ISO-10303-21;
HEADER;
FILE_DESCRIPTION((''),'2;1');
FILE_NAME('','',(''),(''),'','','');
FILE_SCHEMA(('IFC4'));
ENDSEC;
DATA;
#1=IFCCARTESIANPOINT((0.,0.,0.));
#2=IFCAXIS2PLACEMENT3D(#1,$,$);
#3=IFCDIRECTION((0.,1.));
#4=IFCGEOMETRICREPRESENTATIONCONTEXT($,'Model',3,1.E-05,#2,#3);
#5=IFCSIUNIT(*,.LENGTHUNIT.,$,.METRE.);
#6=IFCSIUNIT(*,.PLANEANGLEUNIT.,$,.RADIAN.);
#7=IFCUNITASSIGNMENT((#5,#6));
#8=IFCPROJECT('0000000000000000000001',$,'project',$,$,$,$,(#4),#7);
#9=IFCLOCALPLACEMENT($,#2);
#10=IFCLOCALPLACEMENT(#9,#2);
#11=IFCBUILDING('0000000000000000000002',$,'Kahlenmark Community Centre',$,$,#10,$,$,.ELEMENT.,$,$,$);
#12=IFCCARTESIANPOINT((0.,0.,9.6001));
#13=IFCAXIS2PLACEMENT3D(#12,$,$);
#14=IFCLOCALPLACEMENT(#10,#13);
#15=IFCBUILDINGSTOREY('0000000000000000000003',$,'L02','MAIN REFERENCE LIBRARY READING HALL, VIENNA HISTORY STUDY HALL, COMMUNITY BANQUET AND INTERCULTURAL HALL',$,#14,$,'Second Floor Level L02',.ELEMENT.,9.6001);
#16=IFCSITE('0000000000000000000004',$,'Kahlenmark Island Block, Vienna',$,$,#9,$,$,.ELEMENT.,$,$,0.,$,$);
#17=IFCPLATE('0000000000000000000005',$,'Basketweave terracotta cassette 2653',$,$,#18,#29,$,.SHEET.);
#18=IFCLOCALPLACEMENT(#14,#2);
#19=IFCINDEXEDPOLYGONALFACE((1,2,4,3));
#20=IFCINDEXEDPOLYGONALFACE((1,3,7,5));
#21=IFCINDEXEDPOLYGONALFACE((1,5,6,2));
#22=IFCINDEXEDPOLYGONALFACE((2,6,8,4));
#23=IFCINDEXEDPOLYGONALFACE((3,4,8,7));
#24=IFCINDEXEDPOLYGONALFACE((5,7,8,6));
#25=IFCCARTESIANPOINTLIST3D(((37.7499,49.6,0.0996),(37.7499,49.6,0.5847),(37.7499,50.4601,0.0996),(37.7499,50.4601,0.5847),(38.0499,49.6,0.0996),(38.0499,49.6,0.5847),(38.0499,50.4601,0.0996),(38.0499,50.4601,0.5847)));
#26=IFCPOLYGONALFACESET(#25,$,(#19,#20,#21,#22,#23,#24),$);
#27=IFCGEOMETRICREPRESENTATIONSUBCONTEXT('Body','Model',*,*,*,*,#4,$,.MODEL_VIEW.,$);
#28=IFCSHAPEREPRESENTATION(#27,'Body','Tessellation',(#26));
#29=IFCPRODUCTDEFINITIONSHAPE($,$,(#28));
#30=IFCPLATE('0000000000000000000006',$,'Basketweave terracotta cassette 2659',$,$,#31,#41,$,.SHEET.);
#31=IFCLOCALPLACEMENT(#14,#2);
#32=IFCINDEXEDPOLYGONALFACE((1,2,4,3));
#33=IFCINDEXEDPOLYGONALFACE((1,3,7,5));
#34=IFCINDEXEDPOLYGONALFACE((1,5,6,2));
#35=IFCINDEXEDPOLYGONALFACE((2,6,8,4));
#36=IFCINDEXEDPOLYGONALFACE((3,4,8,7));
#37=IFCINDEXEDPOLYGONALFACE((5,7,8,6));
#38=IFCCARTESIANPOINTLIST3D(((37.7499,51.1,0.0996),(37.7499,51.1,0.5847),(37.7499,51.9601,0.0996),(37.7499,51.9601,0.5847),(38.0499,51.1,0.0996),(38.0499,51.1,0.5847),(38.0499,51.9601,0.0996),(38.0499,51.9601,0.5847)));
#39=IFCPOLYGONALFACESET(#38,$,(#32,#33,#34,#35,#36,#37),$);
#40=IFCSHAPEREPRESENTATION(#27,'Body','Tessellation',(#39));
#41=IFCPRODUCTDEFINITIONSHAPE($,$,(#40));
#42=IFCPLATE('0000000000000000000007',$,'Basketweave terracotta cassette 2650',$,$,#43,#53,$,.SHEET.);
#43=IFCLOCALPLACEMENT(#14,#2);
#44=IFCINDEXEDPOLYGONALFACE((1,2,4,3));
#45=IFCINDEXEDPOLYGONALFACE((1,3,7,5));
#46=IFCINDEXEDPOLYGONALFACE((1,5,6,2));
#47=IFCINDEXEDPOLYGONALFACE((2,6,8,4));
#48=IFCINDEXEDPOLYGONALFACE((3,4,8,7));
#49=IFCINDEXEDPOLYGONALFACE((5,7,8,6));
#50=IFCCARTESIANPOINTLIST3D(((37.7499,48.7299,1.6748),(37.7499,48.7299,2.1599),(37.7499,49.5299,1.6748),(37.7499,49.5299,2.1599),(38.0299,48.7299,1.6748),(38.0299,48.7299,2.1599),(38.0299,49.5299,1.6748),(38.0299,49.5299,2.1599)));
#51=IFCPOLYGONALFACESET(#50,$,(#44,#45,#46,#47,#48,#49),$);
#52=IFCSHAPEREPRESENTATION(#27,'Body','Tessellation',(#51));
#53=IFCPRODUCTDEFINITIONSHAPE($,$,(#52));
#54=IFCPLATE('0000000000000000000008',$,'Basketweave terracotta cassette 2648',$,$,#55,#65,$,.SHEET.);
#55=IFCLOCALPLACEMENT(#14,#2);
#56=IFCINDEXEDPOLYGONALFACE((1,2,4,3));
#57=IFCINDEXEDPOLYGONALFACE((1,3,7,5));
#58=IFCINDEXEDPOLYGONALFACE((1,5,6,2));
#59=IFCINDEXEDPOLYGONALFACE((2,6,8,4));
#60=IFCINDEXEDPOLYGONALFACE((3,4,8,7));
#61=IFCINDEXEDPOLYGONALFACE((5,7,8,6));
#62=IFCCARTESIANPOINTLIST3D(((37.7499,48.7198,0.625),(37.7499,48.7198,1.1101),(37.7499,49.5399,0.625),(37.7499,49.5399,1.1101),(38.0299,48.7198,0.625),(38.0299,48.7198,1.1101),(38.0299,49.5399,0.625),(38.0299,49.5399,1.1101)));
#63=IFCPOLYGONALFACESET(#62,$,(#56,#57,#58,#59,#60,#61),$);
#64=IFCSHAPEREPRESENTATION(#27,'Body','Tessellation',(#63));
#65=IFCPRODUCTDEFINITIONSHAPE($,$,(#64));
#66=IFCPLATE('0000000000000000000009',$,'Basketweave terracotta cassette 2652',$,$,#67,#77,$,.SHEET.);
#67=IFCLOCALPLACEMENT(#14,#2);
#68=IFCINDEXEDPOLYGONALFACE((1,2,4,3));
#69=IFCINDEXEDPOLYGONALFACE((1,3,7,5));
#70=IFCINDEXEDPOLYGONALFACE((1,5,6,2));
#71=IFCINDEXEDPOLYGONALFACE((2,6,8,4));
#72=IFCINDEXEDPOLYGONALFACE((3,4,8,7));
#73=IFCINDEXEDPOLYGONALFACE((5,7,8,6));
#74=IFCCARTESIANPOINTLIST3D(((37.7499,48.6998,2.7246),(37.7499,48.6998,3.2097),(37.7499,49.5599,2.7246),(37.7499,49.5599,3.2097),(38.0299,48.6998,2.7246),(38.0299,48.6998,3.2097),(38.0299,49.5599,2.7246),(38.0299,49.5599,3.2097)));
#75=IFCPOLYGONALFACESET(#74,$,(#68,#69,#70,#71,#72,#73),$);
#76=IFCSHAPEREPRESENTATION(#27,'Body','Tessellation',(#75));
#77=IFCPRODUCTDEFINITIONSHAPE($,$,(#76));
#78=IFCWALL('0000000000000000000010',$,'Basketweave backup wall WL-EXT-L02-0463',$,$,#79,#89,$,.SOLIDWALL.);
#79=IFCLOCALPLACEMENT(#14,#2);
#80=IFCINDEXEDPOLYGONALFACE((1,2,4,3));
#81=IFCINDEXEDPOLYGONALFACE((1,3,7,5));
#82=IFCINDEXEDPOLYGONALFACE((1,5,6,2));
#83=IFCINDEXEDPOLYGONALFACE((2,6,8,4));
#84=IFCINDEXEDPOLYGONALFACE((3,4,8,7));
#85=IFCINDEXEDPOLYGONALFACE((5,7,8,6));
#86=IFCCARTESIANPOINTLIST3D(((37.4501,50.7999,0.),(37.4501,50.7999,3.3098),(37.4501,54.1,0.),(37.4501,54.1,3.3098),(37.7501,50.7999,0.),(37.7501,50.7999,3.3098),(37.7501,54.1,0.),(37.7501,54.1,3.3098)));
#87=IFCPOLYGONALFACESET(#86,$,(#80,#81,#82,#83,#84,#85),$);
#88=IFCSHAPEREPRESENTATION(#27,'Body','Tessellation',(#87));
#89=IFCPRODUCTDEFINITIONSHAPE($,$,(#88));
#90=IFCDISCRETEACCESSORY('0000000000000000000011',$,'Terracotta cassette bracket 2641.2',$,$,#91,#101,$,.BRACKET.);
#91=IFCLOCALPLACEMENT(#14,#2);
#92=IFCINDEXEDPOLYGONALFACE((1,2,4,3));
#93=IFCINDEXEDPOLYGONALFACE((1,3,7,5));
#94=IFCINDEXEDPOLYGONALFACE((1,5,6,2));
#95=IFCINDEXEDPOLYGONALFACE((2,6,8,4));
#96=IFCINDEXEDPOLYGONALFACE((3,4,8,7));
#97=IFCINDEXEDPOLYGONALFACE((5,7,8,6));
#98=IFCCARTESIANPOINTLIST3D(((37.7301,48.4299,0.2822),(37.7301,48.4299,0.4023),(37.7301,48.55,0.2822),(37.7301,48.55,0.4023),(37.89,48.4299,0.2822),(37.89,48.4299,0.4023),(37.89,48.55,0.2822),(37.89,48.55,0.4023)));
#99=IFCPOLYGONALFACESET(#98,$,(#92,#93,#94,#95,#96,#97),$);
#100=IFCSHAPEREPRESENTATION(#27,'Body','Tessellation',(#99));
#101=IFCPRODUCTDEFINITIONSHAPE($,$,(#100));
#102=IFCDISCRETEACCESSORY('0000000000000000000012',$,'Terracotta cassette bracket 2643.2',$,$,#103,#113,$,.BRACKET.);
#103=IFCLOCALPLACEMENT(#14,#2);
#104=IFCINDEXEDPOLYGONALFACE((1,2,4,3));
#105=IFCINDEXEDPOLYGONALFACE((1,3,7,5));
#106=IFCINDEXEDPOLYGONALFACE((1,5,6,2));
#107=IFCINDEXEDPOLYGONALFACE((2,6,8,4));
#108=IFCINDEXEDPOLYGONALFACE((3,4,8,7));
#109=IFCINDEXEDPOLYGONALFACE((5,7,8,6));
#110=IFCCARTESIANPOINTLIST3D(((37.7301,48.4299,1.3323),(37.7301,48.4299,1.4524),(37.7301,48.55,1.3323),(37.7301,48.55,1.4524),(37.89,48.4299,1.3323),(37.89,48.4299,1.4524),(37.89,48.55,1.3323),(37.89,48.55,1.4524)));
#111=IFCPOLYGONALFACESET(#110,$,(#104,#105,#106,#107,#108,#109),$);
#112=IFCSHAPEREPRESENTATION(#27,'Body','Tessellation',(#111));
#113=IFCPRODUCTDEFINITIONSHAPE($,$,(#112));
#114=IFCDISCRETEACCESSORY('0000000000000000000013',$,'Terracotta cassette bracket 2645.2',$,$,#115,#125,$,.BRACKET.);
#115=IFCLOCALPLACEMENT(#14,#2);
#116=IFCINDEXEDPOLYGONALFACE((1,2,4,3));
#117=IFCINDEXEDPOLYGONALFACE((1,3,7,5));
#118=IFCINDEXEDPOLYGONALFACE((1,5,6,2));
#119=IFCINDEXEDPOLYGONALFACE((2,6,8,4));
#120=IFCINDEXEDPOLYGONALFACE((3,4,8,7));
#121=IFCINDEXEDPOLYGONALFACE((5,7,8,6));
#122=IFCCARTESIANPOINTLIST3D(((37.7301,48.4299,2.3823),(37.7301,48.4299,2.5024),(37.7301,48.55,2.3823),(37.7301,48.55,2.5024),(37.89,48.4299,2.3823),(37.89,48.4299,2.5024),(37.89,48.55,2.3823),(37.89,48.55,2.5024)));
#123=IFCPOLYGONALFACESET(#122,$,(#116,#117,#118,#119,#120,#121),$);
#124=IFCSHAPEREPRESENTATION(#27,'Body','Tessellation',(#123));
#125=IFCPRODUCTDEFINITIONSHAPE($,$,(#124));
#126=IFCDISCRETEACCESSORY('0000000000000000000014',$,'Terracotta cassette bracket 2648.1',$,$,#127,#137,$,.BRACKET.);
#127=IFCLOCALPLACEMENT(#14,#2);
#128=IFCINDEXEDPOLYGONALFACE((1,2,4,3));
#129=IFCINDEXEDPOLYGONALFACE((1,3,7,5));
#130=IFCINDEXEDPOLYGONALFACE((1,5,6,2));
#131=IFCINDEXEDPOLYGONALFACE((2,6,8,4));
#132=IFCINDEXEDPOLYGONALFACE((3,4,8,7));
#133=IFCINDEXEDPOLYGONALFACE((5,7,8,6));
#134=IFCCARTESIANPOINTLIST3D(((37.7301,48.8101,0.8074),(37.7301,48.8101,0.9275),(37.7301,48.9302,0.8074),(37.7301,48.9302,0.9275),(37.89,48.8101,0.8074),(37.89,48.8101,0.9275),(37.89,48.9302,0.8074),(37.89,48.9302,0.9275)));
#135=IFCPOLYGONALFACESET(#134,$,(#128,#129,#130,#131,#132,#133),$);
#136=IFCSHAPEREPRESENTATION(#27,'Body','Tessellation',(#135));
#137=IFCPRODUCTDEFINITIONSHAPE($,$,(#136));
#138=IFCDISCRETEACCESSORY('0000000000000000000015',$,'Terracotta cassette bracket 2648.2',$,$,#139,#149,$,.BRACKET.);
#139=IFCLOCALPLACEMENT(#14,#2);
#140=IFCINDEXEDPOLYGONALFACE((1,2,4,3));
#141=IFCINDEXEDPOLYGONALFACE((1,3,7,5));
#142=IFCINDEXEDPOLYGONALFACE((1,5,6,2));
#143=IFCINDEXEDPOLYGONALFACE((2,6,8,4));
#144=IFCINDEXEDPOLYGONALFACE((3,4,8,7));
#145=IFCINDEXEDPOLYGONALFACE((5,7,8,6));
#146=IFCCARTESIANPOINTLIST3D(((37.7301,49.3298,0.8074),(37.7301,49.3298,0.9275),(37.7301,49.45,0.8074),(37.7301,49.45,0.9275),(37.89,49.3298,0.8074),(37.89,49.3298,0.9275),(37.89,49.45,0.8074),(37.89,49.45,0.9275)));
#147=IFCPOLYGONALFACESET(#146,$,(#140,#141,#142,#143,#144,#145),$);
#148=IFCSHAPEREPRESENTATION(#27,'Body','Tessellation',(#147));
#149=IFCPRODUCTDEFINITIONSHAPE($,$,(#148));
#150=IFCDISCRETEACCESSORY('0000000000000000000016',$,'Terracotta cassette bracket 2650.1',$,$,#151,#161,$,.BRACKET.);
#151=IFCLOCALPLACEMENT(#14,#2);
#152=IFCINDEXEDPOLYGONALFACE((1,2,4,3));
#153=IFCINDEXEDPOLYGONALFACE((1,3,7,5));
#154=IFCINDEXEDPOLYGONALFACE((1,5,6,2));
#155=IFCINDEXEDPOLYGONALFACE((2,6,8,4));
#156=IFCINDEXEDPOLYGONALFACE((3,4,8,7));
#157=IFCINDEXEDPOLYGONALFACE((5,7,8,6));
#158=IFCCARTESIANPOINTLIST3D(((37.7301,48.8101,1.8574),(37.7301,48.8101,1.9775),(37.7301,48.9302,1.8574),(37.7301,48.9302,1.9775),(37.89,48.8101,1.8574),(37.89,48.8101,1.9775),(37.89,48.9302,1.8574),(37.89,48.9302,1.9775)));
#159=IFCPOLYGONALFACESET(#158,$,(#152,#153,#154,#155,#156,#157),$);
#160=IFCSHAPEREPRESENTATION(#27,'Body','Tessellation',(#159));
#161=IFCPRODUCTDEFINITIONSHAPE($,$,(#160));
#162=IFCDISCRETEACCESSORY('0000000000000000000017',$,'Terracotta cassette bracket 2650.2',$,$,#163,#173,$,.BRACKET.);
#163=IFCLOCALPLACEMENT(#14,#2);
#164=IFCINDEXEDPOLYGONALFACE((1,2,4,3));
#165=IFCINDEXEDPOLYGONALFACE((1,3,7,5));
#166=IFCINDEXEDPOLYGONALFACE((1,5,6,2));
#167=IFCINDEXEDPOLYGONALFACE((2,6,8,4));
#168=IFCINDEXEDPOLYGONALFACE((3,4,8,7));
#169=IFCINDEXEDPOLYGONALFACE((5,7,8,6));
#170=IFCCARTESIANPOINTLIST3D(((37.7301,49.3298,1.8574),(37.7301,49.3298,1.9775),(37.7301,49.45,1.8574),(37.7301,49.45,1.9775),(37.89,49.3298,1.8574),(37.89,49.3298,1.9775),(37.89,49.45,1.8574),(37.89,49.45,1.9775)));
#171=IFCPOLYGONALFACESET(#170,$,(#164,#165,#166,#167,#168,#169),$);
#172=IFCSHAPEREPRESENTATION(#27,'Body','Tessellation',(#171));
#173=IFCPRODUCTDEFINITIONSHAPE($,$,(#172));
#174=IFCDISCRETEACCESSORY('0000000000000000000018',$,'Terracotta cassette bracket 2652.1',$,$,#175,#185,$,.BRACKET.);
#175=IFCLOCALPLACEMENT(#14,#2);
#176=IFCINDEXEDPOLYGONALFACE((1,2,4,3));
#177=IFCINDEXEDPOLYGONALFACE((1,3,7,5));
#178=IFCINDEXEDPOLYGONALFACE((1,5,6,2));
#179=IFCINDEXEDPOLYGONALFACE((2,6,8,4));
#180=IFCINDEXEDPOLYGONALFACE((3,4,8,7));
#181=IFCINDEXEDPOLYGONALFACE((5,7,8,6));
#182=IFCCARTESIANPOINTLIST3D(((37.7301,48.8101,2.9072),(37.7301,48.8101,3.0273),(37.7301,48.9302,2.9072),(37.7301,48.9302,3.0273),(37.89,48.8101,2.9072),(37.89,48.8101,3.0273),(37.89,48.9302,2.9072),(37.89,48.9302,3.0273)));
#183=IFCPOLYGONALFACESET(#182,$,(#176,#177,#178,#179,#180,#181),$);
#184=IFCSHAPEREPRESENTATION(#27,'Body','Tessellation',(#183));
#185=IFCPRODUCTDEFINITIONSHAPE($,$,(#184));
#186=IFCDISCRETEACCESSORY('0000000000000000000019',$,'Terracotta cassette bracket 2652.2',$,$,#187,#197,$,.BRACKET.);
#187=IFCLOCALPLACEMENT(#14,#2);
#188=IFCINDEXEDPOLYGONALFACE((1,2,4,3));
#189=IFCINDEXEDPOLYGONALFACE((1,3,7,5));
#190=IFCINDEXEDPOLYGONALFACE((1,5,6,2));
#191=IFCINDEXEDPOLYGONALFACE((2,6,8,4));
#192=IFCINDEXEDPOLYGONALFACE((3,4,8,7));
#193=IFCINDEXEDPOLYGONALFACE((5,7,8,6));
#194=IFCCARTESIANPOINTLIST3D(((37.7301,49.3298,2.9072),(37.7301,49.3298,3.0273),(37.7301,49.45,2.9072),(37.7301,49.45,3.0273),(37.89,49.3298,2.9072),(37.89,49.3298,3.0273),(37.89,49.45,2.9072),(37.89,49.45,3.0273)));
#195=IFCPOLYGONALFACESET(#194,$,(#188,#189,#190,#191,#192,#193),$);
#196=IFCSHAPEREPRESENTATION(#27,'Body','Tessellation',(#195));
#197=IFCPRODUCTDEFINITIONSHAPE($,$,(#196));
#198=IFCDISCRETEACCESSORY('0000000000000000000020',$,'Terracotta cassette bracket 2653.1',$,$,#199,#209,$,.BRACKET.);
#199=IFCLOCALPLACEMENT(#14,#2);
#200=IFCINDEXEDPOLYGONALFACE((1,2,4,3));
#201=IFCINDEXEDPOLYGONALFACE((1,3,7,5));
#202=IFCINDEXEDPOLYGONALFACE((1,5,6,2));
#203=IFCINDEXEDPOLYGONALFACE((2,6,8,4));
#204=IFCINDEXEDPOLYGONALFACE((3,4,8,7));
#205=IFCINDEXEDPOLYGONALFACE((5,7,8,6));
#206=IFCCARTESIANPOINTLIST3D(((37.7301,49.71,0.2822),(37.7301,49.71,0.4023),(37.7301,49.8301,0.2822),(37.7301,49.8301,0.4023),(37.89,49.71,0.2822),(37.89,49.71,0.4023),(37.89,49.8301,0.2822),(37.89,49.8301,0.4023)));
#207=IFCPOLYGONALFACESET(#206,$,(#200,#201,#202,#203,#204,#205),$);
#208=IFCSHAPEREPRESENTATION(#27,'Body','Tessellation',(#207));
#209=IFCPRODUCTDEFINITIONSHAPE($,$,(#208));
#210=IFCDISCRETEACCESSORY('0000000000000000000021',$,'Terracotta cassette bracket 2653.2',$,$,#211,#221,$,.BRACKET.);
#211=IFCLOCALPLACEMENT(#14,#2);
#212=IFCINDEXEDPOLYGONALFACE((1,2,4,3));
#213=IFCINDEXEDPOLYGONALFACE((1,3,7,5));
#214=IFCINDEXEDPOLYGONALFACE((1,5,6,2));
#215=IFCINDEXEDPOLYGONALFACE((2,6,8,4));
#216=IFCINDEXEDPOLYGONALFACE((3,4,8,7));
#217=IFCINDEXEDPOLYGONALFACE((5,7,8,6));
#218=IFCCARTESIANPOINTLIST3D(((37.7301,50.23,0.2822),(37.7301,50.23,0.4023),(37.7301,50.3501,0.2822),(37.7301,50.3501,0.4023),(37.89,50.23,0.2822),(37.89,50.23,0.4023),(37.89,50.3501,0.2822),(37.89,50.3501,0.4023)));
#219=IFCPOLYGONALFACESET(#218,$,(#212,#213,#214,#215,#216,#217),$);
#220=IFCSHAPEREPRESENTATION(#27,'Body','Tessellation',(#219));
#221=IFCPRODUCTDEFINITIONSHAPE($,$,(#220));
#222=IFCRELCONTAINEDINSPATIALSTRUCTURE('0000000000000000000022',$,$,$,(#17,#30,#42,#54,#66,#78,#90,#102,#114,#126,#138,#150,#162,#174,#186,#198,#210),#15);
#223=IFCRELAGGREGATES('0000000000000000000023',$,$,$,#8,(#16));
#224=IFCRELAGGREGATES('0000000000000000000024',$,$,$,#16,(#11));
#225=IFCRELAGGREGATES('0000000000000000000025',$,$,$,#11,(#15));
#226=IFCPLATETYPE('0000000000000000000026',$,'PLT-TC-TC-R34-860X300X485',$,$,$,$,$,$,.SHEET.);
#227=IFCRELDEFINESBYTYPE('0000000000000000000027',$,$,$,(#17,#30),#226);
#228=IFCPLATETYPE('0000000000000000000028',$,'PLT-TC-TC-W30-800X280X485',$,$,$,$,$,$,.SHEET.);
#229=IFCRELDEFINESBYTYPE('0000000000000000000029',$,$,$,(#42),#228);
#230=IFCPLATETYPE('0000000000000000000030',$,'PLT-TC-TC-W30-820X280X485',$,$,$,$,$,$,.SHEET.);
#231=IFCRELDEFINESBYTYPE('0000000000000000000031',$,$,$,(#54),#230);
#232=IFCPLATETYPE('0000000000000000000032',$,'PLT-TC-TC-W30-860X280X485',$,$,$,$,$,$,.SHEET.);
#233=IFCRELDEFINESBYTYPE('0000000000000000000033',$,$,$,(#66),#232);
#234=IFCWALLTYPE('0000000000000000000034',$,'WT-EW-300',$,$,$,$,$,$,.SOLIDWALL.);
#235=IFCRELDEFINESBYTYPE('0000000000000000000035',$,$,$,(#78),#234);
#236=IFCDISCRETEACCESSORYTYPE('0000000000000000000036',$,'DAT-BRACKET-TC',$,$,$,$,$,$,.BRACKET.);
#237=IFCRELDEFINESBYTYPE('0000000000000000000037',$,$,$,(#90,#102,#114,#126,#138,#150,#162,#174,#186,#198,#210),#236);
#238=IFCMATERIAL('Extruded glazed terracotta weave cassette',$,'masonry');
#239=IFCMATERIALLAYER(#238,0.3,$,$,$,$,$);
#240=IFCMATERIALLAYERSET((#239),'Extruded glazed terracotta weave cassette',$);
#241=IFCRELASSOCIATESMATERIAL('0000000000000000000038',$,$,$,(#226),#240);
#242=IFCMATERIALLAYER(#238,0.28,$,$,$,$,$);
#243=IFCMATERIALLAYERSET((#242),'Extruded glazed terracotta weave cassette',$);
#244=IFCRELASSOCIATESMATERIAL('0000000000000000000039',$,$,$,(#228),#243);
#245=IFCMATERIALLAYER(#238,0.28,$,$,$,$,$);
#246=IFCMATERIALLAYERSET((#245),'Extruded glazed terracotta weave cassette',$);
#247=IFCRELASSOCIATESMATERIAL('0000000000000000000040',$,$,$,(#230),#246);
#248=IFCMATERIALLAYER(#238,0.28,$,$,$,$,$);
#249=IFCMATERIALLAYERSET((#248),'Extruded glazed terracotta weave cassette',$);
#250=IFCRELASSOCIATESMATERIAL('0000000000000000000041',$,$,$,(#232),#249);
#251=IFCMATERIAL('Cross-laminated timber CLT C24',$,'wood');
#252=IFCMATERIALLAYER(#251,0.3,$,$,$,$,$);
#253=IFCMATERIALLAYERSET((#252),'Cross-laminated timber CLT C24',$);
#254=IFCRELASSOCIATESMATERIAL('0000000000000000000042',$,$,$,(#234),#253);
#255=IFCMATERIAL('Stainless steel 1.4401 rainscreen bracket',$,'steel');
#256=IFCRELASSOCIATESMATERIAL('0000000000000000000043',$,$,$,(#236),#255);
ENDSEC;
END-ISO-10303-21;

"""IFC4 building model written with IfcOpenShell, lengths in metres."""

from ifc_helpers import new_model, si_unit, direction, frame, frame_2d, origin, origin_2d, place, context, subcontext, project, spatial, rectangle, extrude, material, layer, layer_set, type_object, element, save


model = new_model("IFC4")

# Units and contexts
model_context = context("Model", 3, precision=1e-05, world=origin(), true_north=direction((0.0, 1.0)))
body_context = subcontext(model_context, "Body", "Model", "MODEL_VIEW")
ifc_project = project(units=[si_unit("LENGTHUNIT", "METRE"), si_unit("PLANEANGLEUNIT", "RADIAN")], contexts=[model_context])

# Site, building, storey
site_placement = place(None, origin())
site = spatial("IfcSite", under=ifc_project, at=site_placement, Name="Kahlenmark Island Block, Vienna", CompositionType="ELEMENT", RefElevation=0.0)
building_placement = place(site_placement, origin())
building = spatial("IfcBuilding", under=site, at=building_placement, Name="Kahlenmark Community Centre", CompositionType="ELEMENT")
storey_placement = place(building_placement, frame((0.0, 0.0, 9.6001)))
storey = spatial("IfcBuildingStorey", under=building, at=storey_placement, Name="L02", Description="MAIN REFERENCE LIBRARY READING HALL, VIENNA HISTORY STUDY HALL, COMMUNITY BANQUET AND INTERCULTURAL HALL", LongName="Second Floor Level L02", CompositionType="ELEMENT", Elevation=9.6001)

# Plates
ifc_material_1 = material(Name="Extruded glazed terracotta weave cassette", Category="masonry")
ifc_layer_1 = layer(ifc_material_1, 0.3)
ifc_layer_set_1 = layer_set([ifc_layer_1], Name="Extruded glazed terracotta weave cassette")
plate_type_1 = type_object("IfcPlateType", Name="PLT-TC-TC-R34-860X300X485", PredefinedType="SHEET", material=ifc_layer_set_1)
for number, where, z_axis, x_axis, name in (
    (1, (37.8999, 50.03, 0.0996), (0.0, 0.0, 1.0), (0.0, 1.0, 0.0), "Basketweave terracotta cassette 2653"),
    (2, (37.8999, 51.53, 0.0996), (0.0, 0.0, 1.0), (0.0, 1.0, 0.0), "Basketweave terracotta cassette 2659"),
):
    element("IfcPlate", number, at=place(storey_placement, frame(where, z_axis=z_axis, x_axis=x_axis)), inside=storey, type_object=plate_type_1, Name=name, PredefinedType="SHEET", context=body_context, shape_type="SweptSolid", body=[
        extrude(rectangle(XDim=0.8601, YDim=0.3, at=origin_2d()), origin(), (0.0, 0.0, 1.0), 0.4851),
    ])
ifc_layer_2 = layer(ifc_material_1, 0.28)
ifc_layer_set_2 = layer_set([ifc_layer_2], Name="Extruded glazed terracotta weave cassette")
plate_type_2 = type_object("IfcPlateType", Name="PLT-TC-TC-W30-800X280X485", PredefinedType="SHEET", material=ifc_layer_set_2)
plate_1_placement = place(storey_placement, frame((37.8899, 49.1299, 1.6748), z_axis=(0.0, 0.0, 1.0), x_axis=(0.0, 1.0, 0.0)))
element("IfcPlate", 3, at=plate_1_placement, inside=storey, type_object=plate_type_2, Name="Basketweave terracotta cassette 2650", PredefinedType="SHEET", context=body_context, shape_type="SweptSolid", body=[
    extrude(rectangle(XDim=0.8, YDim=0.28, at=origin_2d()), origin(), (0.0, 0.0, 1.0), 0.4851),
])
ifc_layer_3 = layer(ifc_material_1, 0.28)
ifc_layer_set_3 = layer_set([ifc_layer_3], Name="Extruded glazed terracotta weave cassette")
plate_type_3 = type_object("IfcPlateType", Name="PLT-TC-TC-W30-820X280X485", PredefinedType="SHEET", material=ifc_layer_set_3)
plate_2_placement = place(storey_placement, frame((37.8899, 49.1299, 0.625), z_axis=(0.0, 0.0, 1.0), x_axis=(0.0, 1.0, 0.0)))
element("IfcPlate", 4, at=plate_2_placement, inside=storey, type_object=plate_type_3, Name="Basketweave terracotta cassette 2648", PredefinedType="SHEET", context=body_context, shape_type="SweptSolid", body=[
    extrude(rectangle(XDim=0.8201, YDim=0.28, at=origin_2d()), origin(), (0.0, 0.0, 1.0), 0.4851),
])
ifc_layer_4 = layer(ifc_material_1, 0.28)
ifc_layer_set_4 = layer_set([ifc_layer_4], Name="Extruded glazed terracotta weave cassette")
plate_type_4 = type_object("IfcPlateType", Name="PLT-TC-TC-W30-860X280X485", PredefinedType="SHEET", material=ifc_layer_set_4)
plate_3_placement = place(storey_placement, frame((37.8899, 49.1299, 2.7246), z_axis=(0.0, 0.0, 1.0), x_axis=(0.0, 1.0, 0.0)))
element("IfcPlate", 5, at=plate_3_placement, inside=storey, type_object=plate_type_4, Name="Basketweave terracotta cassette 2652", PredefinedType="SHEET", context=body_context, shape_type="SweptSolid", body=[
    extrude(rectangle(XDim=0.8601, YDim=0.28, at=origin_2d()), origin(), (0.0, 0.0, 1.0), 0.4851),
])

# Wall
ifc_material_2 = material(Name="Cross-laminated timber CLT C24", Category="wood")
ifc_layer_5 = layer(ifc_material_2, 0.3)
ifc_layer_set_5 = layer_set([ifc_layer_5], Name="Cross-laminated timber CLT C24")
wall_type = type_object("IfcWallType", Name="WT-EW-300", PredefinedType="SOLIDWALL", material=ifc_layer_set_5)
wall_placement = place(storey_placement, frame((37.6001, 50.8, 0.0), z_axis=(0.0, 0.0, 1.0), x_axis=(0.0, 1.0, 0.0)))
element("IfcWall", 6, at=wall_placement, inside=storey, type_object=wall_type, Name="Basketweave backup wall WL-EXT-L02-0463", PredefinedType="SOLIDWALL", context=body_context, shape_type="SweptSolid", body=[
    extrude(rectangle(XDim=3.3, YDim=0.3, at=frame_2d((1.6499, 0.0))), origin(), (0.0, 0.0, 1.0), 3.3098),
])

# Discrete accessories
ifc_material_3 = material(Name="Stainless steel 1.4401 rainscreen bracket", Category="steel")
discrete_accessory_type = type_object("IfcDiscreteAccessoryType", Name="DAT-BRACKET-TC", PredefinedType="BRACKET", material=ifc_material_3)
for number, where, z_axis, x_axis, name in (
    (7, (37.8101, 48.49, 0.2822), (0.0, 0.0, 1.0), (0.0, 1.0, 0.0), "Terracotta cassette bracket 2641.2"),
    (8, (37.8101, 48.49, 1.3323), (0.0, 0.0, 1.0), (0.0, 1.0, 0.0), "Terracotta cassette bracket 2643.2"),
    (9, (37.8101, 48.49, 2.3823), (0.0, 0.0, 1.0), (0.0, 1.0, 0.0), "Terracotta cassette bracket 2645.2"),
    (10, (37.8101, 48.8701, 0.8074), (0.0, 0.0, 1.0), (0.0, 1.0, 0.0), "Terracotta cassette bracket 2648.1"),
    (11, (37.8101, 49.3899, 0.8074), (0.0, 0.0, 1.0), (0.0, 1.0, 0.0), "Terracotta cassette bracket 2648.2"),
    (12, (37.8101, 48.8701, 1.8574), (0.0, 0.0, 1.0), (0.0, 1.0, 0.0), "Terracotta cassette bracket 2650.1"),
    (13, (37.8101, 49.3899, 1.8574), (0.0, 0.0, 1.0), (0.0, 1.0, 0.0), "Terracotta cassette bracket 2650.2"),
    (14, (37.8101, 48.8701, 2.9072), (0.0, 0.0, 1.0), (0.0, 1.0, 0.0), "Terracotta cassette bracket 2652.1"),
    (15, (37.8101, 49.3899, 2.9072), (0.0, 0.0, 1.0), (0.0, 1.0, 0.0), "Terracotta cassette bracket 2652.2"),
    (16, (37.8101, 49.77, 0.2822), (0.0, 0.0, 1.0), (0.0, 1.0, 0.0), "Terracotta cassette bracket 2653.1"),
    (17, (37.8101, 50.29, 0.2822), (0.0, 0.0, 1.0), (0.0, 1.0, 0.0), "Terracotta cassette bracket 2653.2"),
):
    element("IfcDiscreteAccessory", number, at=place(storey_placement, frame(where, z_axis=z_axis, x_axis=x_axis)), inside=storey, type_object=discrete_accessory_type, Name=name, PredefinedType="BRACKET", context=body_context, shape_type="SweptSolid", body=[
        extrude(rectangle(XDim=0.1201, YDim=0.1599, at=origin_2d()), origin(), (0.0, 0.0, 1.0), 0.1201),
    ])

save(model, "model.ifc")
